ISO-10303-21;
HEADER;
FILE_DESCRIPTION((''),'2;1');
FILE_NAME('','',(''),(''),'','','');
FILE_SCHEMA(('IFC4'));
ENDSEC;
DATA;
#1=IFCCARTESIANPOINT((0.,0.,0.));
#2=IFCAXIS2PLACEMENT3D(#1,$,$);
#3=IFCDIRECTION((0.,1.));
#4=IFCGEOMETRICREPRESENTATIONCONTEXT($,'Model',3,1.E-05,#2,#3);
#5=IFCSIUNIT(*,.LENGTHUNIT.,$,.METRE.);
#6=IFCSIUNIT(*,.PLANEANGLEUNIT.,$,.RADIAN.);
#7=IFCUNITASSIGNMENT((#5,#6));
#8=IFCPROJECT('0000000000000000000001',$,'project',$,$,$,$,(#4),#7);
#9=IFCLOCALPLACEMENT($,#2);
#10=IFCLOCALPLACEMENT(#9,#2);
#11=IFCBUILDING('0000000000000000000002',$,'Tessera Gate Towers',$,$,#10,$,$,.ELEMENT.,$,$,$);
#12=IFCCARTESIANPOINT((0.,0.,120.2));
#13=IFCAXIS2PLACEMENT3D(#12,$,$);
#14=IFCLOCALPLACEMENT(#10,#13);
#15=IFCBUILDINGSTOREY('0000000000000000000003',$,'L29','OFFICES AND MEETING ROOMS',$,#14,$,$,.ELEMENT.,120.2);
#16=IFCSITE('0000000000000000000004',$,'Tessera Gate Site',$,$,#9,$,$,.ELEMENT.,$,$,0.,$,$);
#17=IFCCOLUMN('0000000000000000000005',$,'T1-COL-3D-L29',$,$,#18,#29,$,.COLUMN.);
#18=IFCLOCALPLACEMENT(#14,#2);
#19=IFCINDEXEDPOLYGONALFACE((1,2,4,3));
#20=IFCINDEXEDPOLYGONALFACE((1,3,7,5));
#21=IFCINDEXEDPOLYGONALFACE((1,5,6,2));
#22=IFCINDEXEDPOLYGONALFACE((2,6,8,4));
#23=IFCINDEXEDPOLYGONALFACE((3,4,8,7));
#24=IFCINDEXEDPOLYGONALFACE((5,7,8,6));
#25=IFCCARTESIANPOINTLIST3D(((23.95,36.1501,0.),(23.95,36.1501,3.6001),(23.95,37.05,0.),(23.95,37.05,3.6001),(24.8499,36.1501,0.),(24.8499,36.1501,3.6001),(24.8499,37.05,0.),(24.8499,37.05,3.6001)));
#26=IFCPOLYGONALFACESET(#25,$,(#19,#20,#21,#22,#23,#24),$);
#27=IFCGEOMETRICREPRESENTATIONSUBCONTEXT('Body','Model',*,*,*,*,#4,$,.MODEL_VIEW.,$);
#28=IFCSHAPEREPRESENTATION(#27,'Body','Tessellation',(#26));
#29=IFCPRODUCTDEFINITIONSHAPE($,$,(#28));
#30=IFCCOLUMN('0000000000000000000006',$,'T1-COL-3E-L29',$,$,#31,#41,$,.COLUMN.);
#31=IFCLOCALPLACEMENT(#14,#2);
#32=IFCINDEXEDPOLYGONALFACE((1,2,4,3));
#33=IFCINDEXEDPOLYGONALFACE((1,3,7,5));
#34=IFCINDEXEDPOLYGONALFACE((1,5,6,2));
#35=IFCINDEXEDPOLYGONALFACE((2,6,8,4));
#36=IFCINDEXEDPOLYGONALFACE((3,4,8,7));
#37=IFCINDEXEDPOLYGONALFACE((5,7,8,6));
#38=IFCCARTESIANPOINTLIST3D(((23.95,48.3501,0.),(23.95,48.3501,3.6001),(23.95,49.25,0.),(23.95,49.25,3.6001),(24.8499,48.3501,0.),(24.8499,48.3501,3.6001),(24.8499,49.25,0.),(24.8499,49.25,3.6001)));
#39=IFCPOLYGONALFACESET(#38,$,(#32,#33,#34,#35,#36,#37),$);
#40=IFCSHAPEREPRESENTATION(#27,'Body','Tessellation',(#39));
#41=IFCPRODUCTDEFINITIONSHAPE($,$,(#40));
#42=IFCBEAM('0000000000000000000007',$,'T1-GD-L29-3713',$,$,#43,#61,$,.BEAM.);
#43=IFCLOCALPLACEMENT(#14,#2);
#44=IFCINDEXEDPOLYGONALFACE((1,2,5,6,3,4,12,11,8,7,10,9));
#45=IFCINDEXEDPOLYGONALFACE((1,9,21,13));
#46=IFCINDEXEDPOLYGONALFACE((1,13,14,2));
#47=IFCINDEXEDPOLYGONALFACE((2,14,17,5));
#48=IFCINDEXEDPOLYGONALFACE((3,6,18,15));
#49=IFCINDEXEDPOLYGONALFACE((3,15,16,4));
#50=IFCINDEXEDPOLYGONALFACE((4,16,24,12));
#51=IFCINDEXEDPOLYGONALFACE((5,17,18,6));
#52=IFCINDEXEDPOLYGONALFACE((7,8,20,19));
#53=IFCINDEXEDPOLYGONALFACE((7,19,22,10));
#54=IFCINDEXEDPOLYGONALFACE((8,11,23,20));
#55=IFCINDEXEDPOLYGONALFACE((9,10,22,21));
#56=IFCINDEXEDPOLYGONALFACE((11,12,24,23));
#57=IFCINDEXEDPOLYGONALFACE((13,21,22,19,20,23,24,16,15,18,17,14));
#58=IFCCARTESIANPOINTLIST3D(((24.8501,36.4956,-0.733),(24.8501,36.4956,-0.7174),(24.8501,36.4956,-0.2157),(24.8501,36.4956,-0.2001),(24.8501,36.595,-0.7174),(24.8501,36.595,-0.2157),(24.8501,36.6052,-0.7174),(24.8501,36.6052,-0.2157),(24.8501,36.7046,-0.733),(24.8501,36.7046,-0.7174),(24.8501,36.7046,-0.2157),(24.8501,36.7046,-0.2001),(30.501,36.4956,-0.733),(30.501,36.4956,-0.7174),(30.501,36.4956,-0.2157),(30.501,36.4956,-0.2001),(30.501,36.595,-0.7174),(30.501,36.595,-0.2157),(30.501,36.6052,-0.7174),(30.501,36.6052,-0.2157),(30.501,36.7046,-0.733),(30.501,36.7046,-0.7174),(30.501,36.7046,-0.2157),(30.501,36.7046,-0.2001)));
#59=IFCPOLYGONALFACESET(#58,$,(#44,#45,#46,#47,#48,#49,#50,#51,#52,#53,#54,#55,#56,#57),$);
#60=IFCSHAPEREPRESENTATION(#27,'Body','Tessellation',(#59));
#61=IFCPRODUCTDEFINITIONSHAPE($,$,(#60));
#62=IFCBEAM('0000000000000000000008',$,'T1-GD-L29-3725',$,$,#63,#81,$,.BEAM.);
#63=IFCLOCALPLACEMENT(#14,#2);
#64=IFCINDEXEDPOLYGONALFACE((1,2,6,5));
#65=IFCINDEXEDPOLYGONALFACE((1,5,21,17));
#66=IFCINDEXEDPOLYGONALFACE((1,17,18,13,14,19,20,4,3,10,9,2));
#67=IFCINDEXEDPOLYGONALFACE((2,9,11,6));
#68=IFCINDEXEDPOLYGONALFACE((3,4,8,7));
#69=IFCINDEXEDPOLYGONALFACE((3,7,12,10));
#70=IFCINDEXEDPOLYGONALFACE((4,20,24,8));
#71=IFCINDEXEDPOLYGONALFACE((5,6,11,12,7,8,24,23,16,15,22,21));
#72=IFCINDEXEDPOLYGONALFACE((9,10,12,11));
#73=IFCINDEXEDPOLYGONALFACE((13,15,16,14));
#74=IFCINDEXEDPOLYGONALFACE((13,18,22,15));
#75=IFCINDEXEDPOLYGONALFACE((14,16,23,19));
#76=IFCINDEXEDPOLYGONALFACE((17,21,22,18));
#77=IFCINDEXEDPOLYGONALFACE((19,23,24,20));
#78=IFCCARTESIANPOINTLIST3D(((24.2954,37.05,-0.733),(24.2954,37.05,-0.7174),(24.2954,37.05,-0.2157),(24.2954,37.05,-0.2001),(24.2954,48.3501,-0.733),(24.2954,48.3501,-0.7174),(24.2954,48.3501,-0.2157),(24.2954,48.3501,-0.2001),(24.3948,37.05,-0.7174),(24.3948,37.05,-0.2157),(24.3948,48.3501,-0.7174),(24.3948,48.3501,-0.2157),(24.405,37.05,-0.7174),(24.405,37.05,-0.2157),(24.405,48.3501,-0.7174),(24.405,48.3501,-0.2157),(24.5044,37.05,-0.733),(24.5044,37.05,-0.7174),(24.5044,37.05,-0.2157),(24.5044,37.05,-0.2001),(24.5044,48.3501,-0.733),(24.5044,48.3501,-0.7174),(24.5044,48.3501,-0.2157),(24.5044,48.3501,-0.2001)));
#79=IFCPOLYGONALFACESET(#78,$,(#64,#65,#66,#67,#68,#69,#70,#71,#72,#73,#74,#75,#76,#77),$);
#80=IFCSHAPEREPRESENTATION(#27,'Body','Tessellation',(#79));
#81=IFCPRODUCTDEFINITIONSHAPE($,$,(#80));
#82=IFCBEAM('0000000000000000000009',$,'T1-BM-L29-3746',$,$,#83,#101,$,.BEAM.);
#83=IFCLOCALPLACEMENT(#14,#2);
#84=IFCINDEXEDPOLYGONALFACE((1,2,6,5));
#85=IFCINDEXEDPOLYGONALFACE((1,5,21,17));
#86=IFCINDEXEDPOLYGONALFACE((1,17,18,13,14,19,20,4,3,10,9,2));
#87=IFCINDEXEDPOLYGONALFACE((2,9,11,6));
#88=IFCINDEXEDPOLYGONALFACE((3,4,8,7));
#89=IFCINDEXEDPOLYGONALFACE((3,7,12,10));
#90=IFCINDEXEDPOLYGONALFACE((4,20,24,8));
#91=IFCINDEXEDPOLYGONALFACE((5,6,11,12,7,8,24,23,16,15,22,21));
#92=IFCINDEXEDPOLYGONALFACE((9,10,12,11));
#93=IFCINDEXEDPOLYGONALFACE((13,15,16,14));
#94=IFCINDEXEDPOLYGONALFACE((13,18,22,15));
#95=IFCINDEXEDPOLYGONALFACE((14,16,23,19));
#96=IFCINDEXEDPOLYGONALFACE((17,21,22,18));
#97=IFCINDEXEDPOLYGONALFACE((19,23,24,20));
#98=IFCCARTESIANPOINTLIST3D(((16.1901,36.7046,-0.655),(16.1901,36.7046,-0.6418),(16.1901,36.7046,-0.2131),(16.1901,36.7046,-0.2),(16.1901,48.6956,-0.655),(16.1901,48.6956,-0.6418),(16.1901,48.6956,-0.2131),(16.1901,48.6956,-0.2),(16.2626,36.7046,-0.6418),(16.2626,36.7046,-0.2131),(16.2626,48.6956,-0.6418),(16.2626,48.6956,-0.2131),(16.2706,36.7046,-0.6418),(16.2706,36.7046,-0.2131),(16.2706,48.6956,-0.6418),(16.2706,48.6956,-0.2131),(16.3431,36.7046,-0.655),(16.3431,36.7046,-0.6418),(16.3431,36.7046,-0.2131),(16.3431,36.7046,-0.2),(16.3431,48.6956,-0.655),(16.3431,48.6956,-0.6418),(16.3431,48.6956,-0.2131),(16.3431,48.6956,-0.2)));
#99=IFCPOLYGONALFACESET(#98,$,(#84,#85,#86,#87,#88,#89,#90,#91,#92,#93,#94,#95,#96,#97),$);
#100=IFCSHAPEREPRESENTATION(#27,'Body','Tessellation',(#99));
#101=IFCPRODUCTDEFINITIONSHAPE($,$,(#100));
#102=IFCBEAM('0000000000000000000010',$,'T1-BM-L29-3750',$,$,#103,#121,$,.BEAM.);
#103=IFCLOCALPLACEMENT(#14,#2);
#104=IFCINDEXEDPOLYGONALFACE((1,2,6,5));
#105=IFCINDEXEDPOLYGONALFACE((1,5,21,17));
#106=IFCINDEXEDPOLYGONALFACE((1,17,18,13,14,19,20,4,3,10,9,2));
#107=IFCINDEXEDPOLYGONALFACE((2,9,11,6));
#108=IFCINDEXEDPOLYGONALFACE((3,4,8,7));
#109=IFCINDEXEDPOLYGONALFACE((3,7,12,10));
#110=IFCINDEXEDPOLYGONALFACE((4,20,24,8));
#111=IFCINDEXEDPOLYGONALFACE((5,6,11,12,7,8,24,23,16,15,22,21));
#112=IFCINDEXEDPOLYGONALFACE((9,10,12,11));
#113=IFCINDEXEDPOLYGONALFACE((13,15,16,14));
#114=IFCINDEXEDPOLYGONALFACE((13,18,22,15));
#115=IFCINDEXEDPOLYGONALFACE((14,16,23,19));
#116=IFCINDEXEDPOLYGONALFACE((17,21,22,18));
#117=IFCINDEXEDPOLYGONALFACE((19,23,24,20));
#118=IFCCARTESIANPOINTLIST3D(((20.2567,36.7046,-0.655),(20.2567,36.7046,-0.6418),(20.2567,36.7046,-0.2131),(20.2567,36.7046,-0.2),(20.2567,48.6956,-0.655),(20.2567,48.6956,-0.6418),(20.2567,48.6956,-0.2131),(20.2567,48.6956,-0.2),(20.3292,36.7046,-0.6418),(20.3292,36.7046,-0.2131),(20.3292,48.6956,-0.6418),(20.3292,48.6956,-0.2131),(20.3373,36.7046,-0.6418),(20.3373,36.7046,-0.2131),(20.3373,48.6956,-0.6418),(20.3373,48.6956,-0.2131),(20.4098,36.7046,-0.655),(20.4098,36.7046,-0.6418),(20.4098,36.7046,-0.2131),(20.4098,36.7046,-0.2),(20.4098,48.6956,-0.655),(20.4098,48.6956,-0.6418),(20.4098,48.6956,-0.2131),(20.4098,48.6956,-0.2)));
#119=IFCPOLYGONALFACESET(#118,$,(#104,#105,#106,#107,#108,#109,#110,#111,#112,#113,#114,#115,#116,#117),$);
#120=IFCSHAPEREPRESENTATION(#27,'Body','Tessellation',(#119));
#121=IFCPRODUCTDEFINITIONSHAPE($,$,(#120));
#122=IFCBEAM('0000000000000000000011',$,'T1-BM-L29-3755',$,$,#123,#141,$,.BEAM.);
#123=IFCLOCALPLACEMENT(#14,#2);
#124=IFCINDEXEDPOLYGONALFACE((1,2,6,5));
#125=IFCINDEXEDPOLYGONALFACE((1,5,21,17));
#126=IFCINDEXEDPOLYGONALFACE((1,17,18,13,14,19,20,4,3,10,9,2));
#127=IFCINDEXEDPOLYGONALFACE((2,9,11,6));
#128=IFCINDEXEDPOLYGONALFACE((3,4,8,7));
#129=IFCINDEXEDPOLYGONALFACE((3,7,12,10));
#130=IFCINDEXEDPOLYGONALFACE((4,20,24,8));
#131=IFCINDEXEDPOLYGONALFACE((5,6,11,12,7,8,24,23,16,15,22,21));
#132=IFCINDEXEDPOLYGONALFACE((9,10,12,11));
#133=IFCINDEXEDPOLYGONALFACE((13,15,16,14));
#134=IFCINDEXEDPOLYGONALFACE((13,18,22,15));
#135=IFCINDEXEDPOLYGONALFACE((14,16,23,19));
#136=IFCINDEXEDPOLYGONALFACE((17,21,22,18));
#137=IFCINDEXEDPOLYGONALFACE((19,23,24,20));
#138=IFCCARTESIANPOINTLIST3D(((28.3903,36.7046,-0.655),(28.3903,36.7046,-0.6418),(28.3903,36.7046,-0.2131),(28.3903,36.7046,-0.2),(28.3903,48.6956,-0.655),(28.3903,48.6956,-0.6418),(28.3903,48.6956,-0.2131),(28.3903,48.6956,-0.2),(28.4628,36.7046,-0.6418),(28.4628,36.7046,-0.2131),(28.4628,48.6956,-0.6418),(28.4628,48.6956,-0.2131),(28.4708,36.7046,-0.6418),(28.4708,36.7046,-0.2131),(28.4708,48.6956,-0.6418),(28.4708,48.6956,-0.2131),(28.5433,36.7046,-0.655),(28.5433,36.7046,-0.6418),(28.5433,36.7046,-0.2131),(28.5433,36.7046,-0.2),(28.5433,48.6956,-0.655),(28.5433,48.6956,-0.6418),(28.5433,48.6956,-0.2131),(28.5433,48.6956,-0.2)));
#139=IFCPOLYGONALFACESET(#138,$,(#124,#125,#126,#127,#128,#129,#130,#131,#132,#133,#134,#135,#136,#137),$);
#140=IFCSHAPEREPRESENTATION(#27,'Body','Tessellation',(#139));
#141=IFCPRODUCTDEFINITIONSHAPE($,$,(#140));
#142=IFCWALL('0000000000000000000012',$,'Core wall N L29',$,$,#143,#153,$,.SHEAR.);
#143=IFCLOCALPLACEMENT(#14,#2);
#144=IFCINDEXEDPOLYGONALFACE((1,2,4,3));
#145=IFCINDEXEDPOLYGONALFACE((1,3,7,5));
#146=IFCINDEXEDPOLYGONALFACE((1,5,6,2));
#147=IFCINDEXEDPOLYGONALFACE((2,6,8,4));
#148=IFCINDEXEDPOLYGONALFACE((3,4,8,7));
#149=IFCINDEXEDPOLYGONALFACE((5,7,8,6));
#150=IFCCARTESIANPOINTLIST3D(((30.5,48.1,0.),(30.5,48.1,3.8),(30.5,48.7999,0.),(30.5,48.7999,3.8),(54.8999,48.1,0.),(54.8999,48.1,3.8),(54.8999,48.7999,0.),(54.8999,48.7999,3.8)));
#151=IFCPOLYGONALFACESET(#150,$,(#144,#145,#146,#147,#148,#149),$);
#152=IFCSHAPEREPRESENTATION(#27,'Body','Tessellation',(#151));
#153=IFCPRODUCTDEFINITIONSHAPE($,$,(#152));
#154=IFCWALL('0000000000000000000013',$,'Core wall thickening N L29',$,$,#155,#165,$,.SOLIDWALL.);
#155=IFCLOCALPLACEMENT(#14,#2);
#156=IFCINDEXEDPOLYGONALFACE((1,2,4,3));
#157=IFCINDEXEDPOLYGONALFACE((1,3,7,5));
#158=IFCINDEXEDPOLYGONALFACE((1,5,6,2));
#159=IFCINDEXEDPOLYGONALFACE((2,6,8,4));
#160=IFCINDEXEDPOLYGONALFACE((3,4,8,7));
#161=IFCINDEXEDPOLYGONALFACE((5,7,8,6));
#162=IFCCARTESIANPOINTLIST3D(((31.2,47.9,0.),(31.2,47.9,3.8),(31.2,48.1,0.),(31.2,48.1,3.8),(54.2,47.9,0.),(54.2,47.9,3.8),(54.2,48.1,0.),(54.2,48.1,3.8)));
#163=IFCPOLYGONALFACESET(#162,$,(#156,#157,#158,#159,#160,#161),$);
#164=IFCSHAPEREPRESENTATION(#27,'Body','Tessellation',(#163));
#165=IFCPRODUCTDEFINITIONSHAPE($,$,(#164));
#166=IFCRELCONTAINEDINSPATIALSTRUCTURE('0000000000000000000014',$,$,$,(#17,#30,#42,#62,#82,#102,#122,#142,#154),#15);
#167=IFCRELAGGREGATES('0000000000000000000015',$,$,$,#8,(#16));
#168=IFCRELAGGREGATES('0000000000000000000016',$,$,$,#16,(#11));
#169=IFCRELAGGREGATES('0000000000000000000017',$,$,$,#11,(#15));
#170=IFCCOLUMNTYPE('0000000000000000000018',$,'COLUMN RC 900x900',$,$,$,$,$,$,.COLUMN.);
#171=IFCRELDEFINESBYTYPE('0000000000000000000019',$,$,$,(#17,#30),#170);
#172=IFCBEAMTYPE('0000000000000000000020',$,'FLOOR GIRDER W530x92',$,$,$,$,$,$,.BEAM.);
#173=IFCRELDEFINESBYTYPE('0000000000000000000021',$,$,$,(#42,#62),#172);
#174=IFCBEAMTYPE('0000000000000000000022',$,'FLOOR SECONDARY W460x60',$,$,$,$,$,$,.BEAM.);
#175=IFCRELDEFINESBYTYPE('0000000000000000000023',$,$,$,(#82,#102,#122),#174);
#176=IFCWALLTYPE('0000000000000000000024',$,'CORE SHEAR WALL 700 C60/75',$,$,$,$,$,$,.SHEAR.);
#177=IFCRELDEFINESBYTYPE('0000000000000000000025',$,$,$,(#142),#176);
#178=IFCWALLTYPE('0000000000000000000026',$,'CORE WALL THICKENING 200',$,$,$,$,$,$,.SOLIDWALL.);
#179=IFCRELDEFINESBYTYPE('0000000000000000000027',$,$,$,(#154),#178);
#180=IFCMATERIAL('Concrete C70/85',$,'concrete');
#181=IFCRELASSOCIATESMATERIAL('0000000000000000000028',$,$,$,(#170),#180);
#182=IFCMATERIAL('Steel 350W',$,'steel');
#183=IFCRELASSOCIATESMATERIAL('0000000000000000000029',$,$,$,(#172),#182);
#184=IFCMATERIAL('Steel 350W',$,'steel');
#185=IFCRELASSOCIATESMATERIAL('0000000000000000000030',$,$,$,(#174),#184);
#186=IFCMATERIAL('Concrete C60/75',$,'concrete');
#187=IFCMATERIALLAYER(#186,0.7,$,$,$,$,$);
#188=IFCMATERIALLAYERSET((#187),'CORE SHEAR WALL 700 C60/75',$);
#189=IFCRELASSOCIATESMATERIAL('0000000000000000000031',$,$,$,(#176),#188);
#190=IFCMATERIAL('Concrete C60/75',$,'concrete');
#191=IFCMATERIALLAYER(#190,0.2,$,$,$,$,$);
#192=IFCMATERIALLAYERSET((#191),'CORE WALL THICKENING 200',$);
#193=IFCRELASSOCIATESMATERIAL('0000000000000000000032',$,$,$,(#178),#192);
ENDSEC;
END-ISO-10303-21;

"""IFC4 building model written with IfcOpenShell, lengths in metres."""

from ifc_helpers import new_model, si_unit, direction, frame, frame_2d, origin, origin_2d, place, context, subcontext, project, spatial, rectangle, i_section, extrude, material, layer, layer_set, material_profile, profile_set, type_object, element, save


model = new_model("IFC4")

# Units and contexts
model_context = context("Model", 3, precision=1e-05, world=origin(), true_north=direction((0.0, 1.0)))
body_context = subcontext(model_context, "Body", "Model", "MODEL_VIEW")
ifc_project = project(units=[si_unit("LENGTHUNIT", "METRE"), si_unit("PLANEANGLEUNIT", "RADIAN")], contexts=[model_context])

# Site, building, storey
site_placement = place(None, origin())
site = spatial("IfcSite", under=ifc_project, at=site_placement, Name="Tessera Gate Site", CompositionType="ELEMENT", RefElevation=0.0)
building_placement = place(site_placement, origin())
building = spatial("IfcBuilding", under=site, at=building_placement, Name="Tessera Gate Towers", CompositionType="ELEMENT")
storey_placement = place(building_placement, frame((0.0, 0.0, 120.2)))
storey = spatial("IfcBuildingStorey", under=building, at=storey_placement, Name="L29", Description="OFFICES AND MEETING ROOMS", CompositionType="ELEMENT", Elevation=120.2)

# Columns
ifc_material_1 = material(Name="Concrete C70/85", Category="concrete")
ifc_material_profile_1 = material_profile(ifc_material_1, rectangle(XDim=0.8999, YDim=0.8999, at=origin_2d()), Name="RC 900x900")
ifc_profile_set_1 = profile_set([ifc_material_profile_1], Name="Concrete C70/85")
column_type = type_object("IfcColumnType", Name="COLUMN RC 900x900", PredefinedType="COLUMN", material=ifc_profile_set_1)
for number, where, z_axis, x_axis, name in (
    (1, (24.3999, 36.6001, 0.0), (0.0, 0.0, 1.0), (1.0, 0.0, 0.0), "T1-COL-3D-L29"),
    (2, (24.3999, 48.8, 0.0), (0.0, 0.0, 1.0), (1.0, 0.0, 0.0), "T1-COL-3E-L29"),
):
    element("IfcColumn", number, at=place(storey_placement, frame(where, z_axis=z_axis, x_axis=x_axis)), inside=storey, type_object=column_type, Name=name, PredefinedType="COLUMN", context=body_context, shape_type="SweptSolid", body=[
        extrude(rectangle(XDim=0.8999, YDim=0.8999, at=origin_2d()), origin(), (0.0, 0.0, 1.0), 3.6001),
    ])

# Beams
ifc_material_2 = material(Name="Steel 350W", Category="steel")
ifc_material_profile_2 = material_profile(ifc_material_2, i_section(OverallWidth=0.209, OverallDepth=0.533, WebThickness=0.0103, FlangeThickness=0.0156, at=origin_2d()), Name="W530x92")
ifc_profile_set_2 = profile_set([ifc_material_profile_2], Name="Steel 350W")
beam_type_1 = type_object("IfcBeamType", Name="FLOOR GIRDER W530x92", PredefinedType="BEAM", material=ifc_profile_set_2)
beam_1_placement = place(storey_placement, frame((24.8501, 36.6001, -0.4666), z_axis=(1.0, 0.0, 0.0), x_axis=(0.0, 1.0, 0.0)))
element("IfcBeam", 3, at=beam_1_placement, inside=storey, type_object=beam_type_1, Name="T1-GD-L29-3713", PredefinedType="BEAM", context=body_context, shape_type="SweptSolid", body=[
    extrude(i_section(OverallWidth=0.209, OverallDepth=0.533, WebThickness=0.0103, FlangeThickness=0.0156, at=origin_2d()), origin(), (0.0, 0.0, 1.0), 5.6509),
])
beam_2_placement = place(storey_placement, frame((24.3999, 37.05, -0.4666), z_axis=(0.0, 1.0, 0.0), x_axis=(-1.0, 0.0, 0.0)))
element("IfcBeam", 4, at=beam_2_placement, inside=storey, type_object=beam_type_1, Name="T1-GD-L29-3725", PredefinedType="BEAM", context=body_context, shape_type="SweptSolid", body=[
    extrude(i_section(OverallWidth=0.209, OverallDepth=0.533, WebThickness=0.0103, FlangeThickness=0.0156, at=origin_2d()), origin(), (0.0, 0.0, 1.0), 11.3),
])
ifc_material_3 = material(Name="Steel 350W", Category="steel")
ifc_material_profile_3 = material_profile(ifc_material_3, i_section(OverallWidth=0.1531, OverallDepth=0.4551, WebThickness=0.0081, FlangeThickness=0.0132, at=origin_2d()), Name="W460x60")
ifc_profile_set_3 = profile_set([ifc_material_profile_3], Name="Steel 350W")
beam_type_2 = type_object("IfcBeamType", Name="FLOOR SECONDARY W460x60", PredefinedType="BEAM", material=ifc_profile_set_3)
for number, where, z_axis, x_axis, name in (
    (5, (16.2666, 36.7046, -0.4275), (0.0, 1.0, 0.0), (-1.0, 0.0, 0.0), "T1-BM-L29-3746"),
    (6, (20.3333, 36.7046, -0.4275), (0.0, 1.0, 0.0), (-1.0, 0.0, 0.0), "T1-BM-L29-3750"),
    (7, (28.4668, 36.7046, -0.4275), (0.0, 1.0, 0.0), (-1.0, 0.0, 0.0), "T1-BM-L29-3755"),
):
    element("IfcBeam", number, at=place(storey_placement, frame(where, z_axis=z_axis, x_axis=x_axis)), inside=storey, type_object=beam_type_2, Name=name, PredefinedType="BEAM", context=body_context, shape_type="SweptSolid", body=[
        extrude(i_section(OverallWidth=0.1531, OverallDepth=0.4551, WebThickness=0.0081, FlangeThickness=0.0132, at=origin_2d()), origin(), (0.0, 0.0, 1.0), 11.991),
    ])

# Walls
ifc_material_4 = material(Name="Concrete C60/75", Category="concrete")
ifc_layer_1 = layer(ifc_material_4, 0.7)
ifc_layer_set_1 = layer_set([ifc_layer_1], Name="CORE SHEAR WALL 700 C60/75")
wall_type_1 = type_object("IfcWallType", Name="CORE SHEAR WALL 700 C60/75", PredefinedType="SHEAR", material=ifc_layer_set_1)
wall_1_placement = place(storey_placement, frame((30.5, 48.45, 0.0), z_axis=(0.0, 0.0, 1.0), x_axis=(1.0, 0.0, 0.0)))
element("IfcWall", 8, at=wall_1_placement, inside=storey, type_object=wall_type_1, Name="Core wall N L29", PredefinedType="SHEAR", context=body_context, shape_type="SweptSolid", body=[
    extrude(rectangle(XDim=24.3999, YDim=0.7, at=frame_2d((12.2, 0.0))), origin(), (0.0, 0.0, 1.0), 3.8),
])
ifc_material_5 = material(Name="Concrete C60/75", Category="concrete")
ifc_layer_2 = layer(ifc_material_5, 0.2)
ifc_layer_set_2 = layer_set([ifc_layer_2], Name="CORE WALL THICKENING 200")
wall_type_2 = type_object("IfcWallType", Name="CORE WALL THICKENING 200", PredefinedType="SOLIDWALL", material=ifc_layer_set_2)
wall_2_placement = place(storey_placement, frame((31.2, 48.0, 0.0), z_axis=(0.0, 0.0, 1.0), x_axis=(1.0, 0.0, 0.0)))
element("IfcWall", 9, at=wall_2_placement, inside=storey, type_object=wall_type_2, Name="Core wall thickening N L29", PredefinedType="SOLIDWALL", context=body_context, shape_type="SweptSolid", body=[
    extrude(rectangle(XDim=23.0, YDim=0.2, at=frame_2d((11.5, 0.0))), origin(), (0.0, 0.0, 1.0), 3.8),
])

save(model, "model.ifc")
